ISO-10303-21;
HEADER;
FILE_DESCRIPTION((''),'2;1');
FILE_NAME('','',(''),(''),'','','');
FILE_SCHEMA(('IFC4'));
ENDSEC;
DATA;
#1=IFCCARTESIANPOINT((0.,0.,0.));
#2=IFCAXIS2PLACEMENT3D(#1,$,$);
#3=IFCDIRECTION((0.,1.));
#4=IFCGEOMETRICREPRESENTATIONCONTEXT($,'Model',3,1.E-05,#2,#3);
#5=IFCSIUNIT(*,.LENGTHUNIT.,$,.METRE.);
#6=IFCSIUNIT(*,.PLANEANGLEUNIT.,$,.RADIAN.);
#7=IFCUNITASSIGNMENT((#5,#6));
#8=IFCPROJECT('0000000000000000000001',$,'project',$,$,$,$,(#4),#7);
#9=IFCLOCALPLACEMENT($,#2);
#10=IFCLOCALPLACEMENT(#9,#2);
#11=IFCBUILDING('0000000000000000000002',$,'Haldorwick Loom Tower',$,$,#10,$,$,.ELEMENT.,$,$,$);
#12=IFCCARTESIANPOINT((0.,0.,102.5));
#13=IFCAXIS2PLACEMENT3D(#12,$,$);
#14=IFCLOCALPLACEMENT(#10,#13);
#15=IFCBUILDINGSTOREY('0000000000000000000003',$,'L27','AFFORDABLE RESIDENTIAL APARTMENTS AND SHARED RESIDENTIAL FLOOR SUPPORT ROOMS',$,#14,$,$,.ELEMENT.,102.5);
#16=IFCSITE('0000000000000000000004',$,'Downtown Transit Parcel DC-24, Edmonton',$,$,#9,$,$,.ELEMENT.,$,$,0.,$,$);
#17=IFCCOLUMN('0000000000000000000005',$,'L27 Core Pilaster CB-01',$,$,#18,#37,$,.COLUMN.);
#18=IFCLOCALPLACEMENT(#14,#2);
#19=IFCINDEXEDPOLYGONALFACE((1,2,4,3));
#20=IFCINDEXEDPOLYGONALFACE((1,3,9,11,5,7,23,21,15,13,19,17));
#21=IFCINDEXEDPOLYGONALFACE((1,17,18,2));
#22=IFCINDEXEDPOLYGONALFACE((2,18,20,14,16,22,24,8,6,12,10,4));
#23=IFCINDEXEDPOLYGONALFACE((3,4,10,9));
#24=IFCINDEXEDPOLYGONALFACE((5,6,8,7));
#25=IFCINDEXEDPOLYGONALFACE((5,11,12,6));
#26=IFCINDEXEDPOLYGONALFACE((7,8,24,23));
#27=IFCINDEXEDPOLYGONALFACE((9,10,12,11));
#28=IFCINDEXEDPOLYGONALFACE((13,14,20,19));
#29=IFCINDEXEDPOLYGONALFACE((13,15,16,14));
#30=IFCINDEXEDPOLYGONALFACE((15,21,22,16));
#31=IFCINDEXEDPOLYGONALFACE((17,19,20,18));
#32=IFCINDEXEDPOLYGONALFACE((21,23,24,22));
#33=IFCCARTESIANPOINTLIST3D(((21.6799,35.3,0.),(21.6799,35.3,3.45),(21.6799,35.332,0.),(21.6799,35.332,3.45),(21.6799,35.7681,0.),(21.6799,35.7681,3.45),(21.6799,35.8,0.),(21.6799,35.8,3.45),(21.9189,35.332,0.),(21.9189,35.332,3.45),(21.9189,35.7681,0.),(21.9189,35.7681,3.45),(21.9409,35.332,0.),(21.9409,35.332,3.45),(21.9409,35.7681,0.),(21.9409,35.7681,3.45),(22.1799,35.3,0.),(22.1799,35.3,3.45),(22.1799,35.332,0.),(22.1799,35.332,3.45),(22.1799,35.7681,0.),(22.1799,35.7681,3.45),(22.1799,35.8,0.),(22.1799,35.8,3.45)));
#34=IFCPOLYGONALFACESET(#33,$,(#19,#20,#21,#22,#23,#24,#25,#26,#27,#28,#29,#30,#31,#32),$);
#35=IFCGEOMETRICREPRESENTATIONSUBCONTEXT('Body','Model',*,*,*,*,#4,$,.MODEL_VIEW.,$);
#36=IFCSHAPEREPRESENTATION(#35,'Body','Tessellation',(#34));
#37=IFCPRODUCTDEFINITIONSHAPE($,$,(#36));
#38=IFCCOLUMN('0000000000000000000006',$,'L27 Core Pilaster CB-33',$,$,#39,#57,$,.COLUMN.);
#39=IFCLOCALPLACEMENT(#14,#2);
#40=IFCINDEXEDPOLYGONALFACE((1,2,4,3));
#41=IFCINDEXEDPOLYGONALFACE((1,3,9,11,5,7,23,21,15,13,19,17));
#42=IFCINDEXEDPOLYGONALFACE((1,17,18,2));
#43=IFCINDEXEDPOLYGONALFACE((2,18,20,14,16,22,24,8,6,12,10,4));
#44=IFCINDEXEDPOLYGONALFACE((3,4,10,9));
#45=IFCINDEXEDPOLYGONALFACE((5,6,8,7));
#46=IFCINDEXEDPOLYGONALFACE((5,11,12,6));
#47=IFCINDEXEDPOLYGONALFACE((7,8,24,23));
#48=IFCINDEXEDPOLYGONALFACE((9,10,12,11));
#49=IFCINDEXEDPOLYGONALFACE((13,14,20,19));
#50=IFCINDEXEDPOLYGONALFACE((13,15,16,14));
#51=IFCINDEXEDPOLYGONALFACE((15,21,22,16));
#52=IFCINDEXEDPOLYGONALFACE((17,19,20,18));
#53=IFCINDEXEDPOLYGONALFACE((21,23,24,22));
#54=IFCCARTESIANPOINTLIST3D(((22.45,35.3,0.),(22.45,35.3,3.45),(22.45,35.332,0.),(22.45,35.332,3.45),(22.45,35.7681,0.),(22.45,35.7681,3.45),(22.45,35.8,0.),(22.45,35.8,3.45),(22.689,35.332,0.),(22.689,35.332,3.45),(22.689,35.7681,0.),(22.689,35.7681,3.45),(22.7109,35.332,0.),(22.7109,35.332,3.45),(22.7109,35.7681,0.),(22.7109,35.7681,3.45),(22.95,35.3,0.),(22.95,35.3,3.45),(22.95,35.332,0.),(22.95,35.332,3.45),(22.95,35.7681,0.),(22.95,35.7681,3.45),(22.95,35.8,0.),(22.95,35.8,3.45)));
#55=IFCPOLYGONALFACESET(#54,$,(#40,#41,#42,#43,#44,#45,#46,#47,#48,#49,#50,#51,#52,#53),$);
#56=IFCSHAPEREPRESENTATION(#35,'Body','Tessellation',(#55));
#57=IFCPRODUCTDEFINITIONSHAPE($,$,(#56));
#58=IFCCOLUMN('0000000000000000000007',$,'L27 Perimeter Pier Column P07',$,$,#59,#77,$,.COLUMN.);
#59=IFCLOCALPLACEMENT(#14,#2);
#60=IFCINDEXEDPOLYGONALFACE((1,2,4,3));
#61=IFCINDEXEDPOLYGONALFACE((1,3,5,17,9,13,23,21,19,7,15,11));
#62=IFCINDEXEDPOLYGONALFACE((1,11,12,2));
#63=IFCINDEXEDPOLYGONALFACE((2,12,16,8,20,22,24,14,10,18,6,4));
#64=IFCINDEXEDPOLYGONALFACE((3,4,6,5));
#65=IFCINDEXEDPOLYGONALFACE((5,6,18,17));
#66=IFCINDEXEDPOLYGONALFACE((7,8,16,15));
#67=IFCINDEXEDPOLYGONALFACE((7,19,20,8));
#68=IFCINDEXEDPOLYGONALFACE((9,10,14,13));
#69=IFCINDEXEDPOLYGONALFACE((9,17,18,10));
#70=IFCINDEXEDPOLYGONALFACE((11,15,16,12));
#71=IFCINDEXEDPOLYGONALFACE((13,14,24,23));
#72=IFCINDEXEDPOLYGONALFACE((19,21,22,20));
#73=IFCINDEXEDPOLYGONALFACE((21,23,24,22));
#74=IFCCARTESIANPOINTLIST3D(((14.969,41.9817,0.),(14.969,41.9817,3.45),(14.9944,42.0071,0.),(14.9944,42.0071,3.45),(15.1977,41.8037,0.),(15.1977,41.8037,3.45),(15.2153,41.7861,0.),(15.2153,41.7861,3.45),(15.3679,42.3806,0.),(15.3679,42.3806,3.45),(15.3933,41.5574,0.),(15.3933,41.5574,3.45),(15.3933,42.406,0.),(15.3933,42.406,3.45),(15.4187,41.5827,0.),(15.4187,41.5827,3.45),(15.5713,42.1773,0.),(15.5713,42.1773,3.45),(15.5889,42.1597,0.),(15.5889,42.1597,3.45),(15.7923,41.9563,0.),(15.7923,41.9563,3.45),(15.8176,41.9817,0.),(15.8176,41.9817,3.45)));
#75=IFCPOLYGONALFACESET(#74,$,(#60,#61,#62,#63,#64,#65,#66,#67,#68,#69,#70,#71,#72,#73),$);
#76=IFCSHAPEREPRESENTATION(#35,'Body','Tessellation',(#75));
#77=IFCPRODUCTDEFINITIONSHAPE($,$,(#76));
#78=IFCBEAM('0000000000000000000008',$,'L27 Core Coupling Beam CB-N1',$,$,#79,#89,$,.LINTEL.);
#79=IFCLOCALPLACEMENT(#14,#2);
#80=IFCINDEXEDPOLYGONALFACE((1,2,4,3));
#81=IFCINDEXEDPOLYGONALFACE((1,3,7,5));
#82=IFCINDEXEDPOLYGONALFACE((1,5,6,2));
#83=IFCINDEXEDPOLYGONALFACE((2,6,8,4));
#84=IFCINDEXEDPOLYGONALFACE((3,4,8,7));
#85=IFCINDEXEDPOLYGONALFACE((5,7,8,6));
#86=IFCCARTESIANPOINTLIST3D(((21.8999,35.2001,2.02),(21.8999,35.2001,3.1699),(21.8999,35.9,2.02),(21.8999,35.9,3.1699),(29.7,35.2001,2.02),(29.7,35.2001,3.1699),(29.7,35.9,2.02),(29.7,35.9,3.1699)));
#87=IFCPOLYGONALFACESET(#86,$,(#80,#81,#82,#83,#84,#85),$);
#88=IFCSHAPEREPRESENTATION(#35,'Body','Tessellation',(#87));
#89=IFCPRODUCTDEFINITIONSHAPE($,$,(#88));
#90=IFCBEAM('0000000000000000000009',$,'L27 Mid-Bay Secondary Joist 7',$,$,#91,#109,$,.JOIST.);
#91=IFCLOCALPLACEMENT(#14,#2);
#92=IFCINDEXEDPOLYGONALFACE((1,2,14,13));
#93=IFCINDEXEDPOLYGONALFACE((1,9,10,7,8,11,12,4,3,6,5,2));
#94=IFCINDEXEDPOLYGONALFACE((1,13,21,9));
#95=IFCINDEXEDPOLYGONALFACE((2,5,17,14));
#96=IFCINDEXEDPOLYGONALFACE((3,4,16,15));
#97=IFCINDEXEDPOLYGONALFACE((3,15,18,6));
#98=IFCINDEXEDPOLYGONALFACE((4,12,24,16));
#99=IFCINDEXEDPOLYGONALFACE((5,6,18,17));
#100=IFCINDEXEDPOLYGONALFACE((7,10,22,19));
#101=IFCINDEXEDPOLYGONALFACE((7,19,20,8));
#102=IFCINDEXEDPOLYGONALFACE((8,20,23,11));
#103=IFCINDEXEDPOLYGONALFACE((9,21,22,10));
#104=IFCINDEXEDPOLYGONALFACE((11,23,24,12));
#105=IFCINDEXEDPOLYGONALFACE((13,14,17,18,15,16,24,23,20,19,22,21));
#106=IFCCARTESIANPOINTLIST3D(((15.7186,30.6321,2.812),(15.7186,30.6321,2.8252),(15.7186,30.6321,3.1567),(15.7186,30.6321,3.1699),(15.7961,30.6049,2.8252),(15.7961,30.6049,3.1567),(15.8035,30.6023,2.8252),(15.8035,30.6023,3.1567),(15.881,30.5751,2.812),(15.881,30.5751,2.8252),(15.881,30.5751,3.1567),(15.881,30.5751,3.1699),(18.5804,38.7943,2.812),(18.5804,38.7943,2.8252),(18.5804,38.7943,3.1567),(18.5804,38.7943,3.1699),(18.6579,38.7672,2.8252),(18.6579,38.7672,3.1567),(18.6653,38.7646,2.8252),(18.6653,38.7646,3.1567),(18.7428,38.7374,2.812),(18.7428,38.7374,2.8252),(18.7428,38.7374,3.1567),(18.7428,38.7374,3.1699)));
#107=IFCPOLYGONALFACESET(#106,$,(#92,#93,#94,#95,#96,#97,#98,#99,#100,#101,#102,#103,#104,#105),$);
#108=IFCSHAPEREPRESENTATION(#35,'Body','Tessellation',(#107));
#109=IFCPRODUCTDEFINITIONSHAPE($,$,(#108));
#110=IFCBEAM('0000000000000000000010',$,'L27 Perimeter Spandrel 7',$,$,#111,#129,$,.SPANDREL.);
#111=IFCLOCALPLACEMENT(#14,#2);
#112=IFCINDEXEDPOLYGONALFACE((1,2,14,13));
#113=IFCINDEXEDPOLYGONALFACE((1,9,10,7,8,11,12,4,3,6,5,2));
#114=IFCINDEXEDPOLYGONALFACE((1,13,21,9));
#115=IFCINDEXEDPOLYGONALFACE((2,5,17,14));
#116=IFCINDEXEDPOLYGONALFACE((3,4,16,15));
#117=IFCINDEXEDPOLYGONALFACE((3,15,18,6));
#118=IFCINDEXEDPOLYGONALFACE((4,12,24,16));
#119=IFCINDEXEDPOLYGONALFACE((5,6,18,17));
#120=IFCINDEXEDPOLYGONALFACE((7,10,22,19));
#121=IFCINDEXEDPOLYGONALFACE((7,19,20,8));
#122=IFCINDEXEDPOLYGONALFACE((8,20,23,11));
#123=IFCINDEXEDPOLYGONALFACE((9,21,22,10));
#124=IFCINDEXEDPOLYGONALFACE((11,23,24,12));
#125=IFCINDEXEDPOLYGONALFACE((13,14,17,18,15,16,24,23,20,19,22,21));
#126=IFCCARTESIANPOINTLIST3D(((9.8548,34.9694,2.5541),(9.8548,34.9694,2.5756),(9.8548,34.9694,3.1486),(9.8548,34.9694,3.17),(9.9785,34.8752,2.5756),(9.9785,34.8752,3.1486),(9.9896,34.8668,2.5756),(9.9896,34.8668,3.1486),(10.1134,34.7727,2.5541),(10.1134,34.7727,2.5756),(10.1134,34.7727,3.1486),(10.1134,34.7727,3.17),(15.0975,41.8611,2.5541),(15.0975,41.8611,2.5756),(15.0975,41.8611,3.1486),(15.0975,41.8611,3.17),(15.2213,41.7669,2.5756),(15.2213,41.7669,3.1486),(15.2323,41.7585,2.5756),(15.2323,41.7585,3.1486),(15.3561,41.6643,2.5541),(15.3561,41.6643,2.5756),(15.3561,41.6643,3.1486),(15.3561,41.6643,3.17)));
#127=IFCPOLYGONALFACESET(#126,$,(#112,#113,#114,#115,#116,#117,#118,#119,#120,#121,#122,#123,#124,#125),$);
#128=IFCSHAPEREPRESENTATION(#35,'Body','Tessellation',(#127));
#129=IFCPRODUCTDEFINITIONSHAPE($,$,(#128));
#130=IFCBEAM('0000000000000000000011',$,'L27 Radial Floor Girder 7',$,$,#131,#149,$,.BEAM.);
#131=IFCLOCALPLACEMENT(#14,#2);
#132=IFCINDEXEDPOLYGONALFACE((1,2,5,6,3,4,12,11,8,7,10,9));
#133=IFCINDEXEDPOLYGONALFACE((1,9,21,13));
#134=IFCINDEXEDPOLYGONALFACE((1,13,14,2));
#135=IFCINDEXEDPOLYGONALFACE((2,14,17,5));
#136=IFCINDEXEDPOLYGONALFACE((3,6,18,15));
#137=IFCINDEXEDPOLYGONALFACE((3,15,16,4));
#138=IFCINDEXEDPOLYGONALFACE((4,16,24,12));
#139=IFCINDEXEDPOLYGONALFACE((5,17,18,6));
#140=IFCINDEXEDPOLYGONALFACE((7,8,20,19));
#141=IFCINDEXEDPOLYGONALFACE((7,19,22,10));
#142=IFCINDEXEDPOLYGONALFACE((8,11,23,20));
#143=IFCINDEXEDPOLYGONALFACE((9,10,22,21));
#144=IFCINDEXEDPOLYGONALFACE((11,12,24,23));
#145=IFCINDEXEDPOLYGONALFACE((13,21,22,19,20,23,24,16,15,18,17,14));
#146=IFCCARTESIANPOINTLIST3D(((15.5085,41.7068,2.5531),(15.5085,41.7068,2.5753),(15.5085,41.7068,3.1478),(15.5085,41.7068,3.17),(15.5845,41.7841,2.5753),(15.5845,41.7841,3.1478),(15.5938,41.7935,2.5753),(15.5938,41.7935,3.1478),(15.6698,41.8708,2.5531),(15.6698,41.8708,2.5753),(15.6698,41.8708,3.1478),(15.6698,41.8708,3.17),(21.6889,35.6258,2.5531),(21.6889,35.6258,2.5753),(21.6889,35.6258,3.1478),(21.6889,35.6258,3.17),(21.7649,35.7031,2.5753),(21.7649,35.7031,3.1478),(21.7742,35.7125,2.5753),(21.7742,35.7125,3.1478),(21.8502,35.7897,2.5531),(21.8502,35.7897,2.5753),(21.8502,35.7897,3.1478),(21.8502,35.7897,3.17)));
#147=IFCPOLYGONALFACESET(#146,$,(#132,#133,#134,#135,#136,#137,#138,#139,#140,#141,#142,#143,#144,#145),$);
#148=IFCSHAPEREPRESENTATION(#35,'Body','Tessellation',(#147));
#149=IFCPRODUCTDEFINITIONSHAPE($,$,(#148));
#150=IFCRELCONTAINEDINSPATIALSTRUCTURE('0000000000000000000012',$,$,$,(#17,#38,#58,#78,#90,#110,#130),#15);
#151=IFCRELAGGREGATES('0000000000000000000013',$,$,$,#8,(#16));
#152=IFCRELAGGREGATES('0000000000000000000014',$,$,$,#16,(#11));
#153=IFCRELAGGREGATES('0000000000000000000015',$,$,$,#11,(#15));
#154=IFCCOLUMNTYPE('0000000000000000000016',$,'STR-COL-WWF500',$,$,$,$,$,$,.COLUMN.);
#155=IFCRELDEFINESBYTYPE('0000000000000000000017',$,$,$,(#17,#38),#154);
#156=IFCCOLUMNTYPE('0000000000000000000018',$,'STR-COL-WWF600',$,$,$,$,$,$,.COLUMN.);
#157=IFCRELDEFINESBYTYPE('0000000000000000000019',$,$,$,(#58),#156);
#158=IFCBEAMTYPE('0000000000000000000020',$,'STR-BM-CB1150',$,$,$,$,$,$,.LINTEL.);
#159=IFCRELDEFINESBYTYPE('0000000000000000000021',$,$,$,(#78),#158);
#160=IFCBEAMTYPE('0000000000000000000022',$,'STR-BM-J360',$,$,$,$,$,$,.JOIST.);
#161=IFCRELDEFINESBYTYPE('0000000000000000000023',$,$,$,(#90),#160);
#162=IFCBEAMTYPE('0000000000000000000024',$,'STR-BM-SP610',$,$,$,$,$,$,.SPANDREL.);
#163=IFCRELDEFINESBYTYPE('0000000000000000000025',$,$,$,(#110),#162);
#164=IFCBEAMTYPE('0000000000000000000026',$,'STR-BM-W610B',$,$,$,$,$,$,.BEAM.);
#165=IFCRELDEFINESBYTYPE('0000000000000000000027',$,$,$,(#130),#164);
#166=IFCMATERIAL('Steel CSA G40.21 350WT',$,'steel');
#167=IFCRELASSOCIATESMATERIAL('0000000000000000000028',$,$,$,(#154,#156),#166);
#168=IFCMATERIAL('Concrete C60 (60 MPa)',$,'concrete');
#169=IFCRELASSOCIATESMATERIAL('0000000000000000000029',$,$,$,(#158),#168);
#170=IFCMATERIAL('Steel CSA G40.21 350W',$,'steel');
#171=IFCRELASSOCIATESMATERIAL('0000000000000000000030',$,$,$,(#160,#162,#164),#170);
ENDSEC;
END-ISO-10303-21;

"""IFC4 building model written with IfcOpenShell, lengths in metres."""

from ifc_helpers import new_model, si_unit, direction, frame, origin, origin_2d, place, context, subcontext, project, spatial, rectangle, i_section, extrude, material, material_profile, profile_set, type_object, element, save


model = new_model("IFC4")

# Units and contexts
model_context = context("Model", 3, precision=1e-05, world=origin(), true_north=direction((0.0, 1.0)))
body_context = subcontext(model_context, "Body", "Model", "MODEL_VIEW")
ifc_project = project(units=[si_unit("LENGTHUNIT", "METRE"), si_unit("PLANEANGLEUNIT", "RADIAN")], contexts=[model_context])

# Site, building, storey
site_placement = place(None, origin())
site = spatial("IfcSite", under=ifc_project, at=site_placement, Name="Downtown Transit Parcel DC-24, Edmonton", CompositionType="ELEMENT", RefElevation=0.0)
building_placement = place(site_placement, origin())
building = spatial("IfcBuilding", under=site, at=building_placement, Name="Haldorwick Loom Tower", CompositionType="ELEMENT")
storey_placement = place(building_placement, frame((0.0, 0.0, 102.5)))
storey = spatial("IfcBuildingStorey", under=building, at=storey_placement, Name="L27", Description="AFFORDABLE RESIDENTIAL APARTMENTS AND SHARED RESIDENTIAL FLOOR SUPPORT ROOMS", CompositionType="ELEMENT", Elevation=102.5)

# Columns
ifc_material_1 = material(Name="Steel CSA G40.21 350WT", Category="steel")
ifc_material_profile_1 = material_profile(ifc_material_1, i_section(OverallWidth=0.5, OverallDepth=0.5, WebThickness=0.022, FlangeThickness=0.032, at=origin_2d()), Name="WWF500X500", Category="steel")
ifc_profile_set_1 = profile_set([ifc_material_profile_1], Name="Steel CSA G40.21 350WT")
column_type_1 = type_object("IfcColumnType", Name="STR-COL-WWF500", PredefinedType="COLUMN", material=ifc_profile_set_1)
for number, where, z_axis, x_axis, name in (
    (1, (21.9299, 35.55, 0.0), (0.0, 0.0, 1.0), (1.0, 0.0, 0.0), "L27 Core Pilaster CB-01"),
    (2, (22.7, 35.55, 0.0), (0.0, 0.0, 1.0), (1.0, 0.0, 0.0), "L27 Core Pilaster CB-33"),
):
    element("IfcColumn", number, at=place(storey_placement, frame(where, z_axis=z_axis, x_axis=x_axis)), inside=storey, type_object=column_type_1, Name=name, PredefinedType="COLUMN", context=body_context, shape_type="SweptSolid", body=[
        extrude(i_section(OverallWidth=0.5, OverallDepth=0.5, WebThickness=0.022, FlangeThickness=0.032, at=origin_2d()), origin(), (0.0, 0.0, 1.0), 3.45),
    ])
ifc_material_profile_2 = material_profile(ifc_material_1, i_section(OverallWidth=0.6001, OverallDepth=0.6001, WebThickness=0.0249, FlangeThickness=0.0359, at=origin_2d()), Name="WWF600X600", Category="steel")
ifc_profile_set_2 = profile_set([ifc_material_profile_2], Name="Steel CSA G40.21 350WT")
column_type_2 = type_object("IfcColumnType", Name="STR-COL-WWF600", PredefinedType="COLUMN", material=ifc_profile_set_2)
column_placement = place(storey_placement, frame((15.3933, 41.9817, 0.0), z_axis=(0.0, 0.0, 1.0), x_axis=(-0.707107, 0.707107, 0.0)))
element("IfcColumn", 3, at=column_placement, inside=storey, type_object=column_type_2, Name="L27 Perimeter Pier Column P07", PredefinedType="COLUMN", context=body_context, shape_type="SweptSolid", body=[
    extrude(i_section(OverallWidth=0.6001, OverallDepth=0.6001, WebThickness=0.0249, FlangeThickness=0.0359, at=origin_2d()), origin(), (0.0, 0.0, 1.0), 3.45),
])

# Beams
ifc_material_2 = material(Name="Concrete C60 (60 MPa)", Category="concrete")
ifc_material_profile_3 = material_profile(ifc_material_2, rectangle(XDim=0.7, YDim=1.1499, at=origin_2d()), Name="RC700X1150", Category="concrete")
ifc_profile_set_3 = profile_set([ifc_material_profile_3], Name="Concrete C60 (60 MPa)")
beam_type_1 = type_object("IfcBeamType", Name="STR-BM-CB1150", PredefinedType="LINTEL", material=ifc_profile_set_3)
beam_1_placement = place(storey_placement, frame((21.8999, 35.55, 2.595), z_axis=(1.0, 0.0, 0.0), x_axis=(0.0, 1.0, 0.0)))
element("IfcBeam", 4, at=beam_1_placement, inside=storey, type_object=beam_type_1, Name="L27 Core Coupling Beam CB-N1", PredefinedType="LINTEL", context=body_context, shape_type="SweptSolid", body=[
    extrude(rectangle(XDim=0.7, YDim=1.1499, at=origin_2d()), origin(), (0.0, 0.0, 1.0), 7.8),
])
ifc_material_3 = material(Name="Steel CSA G40.21 350W", Category="steel")
ifc_material_profile_4 = material_profile(ifc_material_3, i_section(OverallWidth=0.1721, OverallDepth=0.3579, WebThickness=0.0078, FlangeThickness=0.0132, at=origin_2d()), Name="W360X57", Category="steel")
ifc_profile_set_4 = profile_set([ifc_material_profile_4], Name="Steel CSA G40.21 350W")
beam_type_2 = type_object("IfcBeamType", Name="STR-BM-J360", PredefinedType="JOIST", material=ifc_profile_set_4)
beam_2_placement = place(storey_placement, frame((18.6616, 38.7659, 2.991), z_axis=(-0.330865, -0.943678, 0.0), x_axis=(0.943678, -0.330865, 0.0)))
element("IfcBeam", 5, at=beam_2_placement, inside=storey, type_object=beam_type_2, Name="L27 Mid-Bay Secondary Joist 7", PredefinedType="JOIST", context=body_context, shape_type="SweptSolid", body=[
    extrude(i_section(OverallWidth=0.1721, OverallDepth=0.3579, WebThickness=0.0078, FlangeThickness=0.0132, at=origin_2d()), origin(), (0.0, 0.0, 1.0), 8.6494),
])
ifc_material_profile_5 = material_profile(ifc_material_3, i_section(OverallWidth=0.325, OverallDepth=0.616, WebThickness=0.0139, FlangeThickness=0.0215, at=origin_2d()), Name="W610X174", Category="steel")
ifc_profile_set_5 = profile_set([ifc_material_profile_5], Name="Steel CSA G40.21 350W")
beam_type_3 = type_object("IfcBeamType", Name="STR-BM-SP610", PredefinedType="SPANDREL", material=ifc_profile_set_5)
beam_3_placement = place(storey_placement, frame((15.2268, 41.7627, 2.8621), z_axis=(-0.605454, -0.795881, 0.0), x_axis=(0.795881, -0.605454, 0.0)))
element("IfcBeam", 6, at=beam_3_placement, inside=storey, type_object=beam_type_3, Name="L27 Perimeter Spandrel 7", PredefinedType="SPANDREL", context=body_context, shape_type="SweptSolid", body=[
    extrude(i_section(OverallWidth=0.325, OverallDepth=0.616, WebThickness=0.0139, FlangeThickness=0.0215, at=origin_2d()), origin(), (0.0, 0.0, 1.0), 8.6592),
])
ifc_material_profile_6 = material_profile(ifc_material_3, i_section(OverallWidth=0.23, OverallDepth=0.6169, WebThickness=0.0132, FlangeThickness=0.0222, at=origin_2d()), Name="W610X140", Category="steel")
ifc_profile_set_6 = profile_set([ifc_material_profile_6], Name="Steel CSA G40.21 350W")
beam_type_4 = type_object("IfcBeamType", Name="STR-BM-W610B", PredefinedType="BEAM", material=ifc_profile_set_6)
beam_4_placement = place(storey_placement, frame((21.7695, 35.7078, 2.8616), z_axis=(-0.712814, 0.701353, 0.0), x_axis=(-0.701353, -0.712814, 0.0)))
element("IfcBeam", 7, at=beam_4_placement, inside=storey, type_object=beam_type_4, Name="L27 Radial Floor Girder 7", PredefinedType="BEAM", context=body_context, shape_type="SweptSolid", body=[
    extrude(i_section(OverallWidth=0.23, OverallDepth=0.6169, WebThickness=0.0132, FlangeThickness=0.0222, at=origin_2d()), origin(), (0.0, 0.0, 1.0), 8.6704),
])

save(model, "model.ifc")
